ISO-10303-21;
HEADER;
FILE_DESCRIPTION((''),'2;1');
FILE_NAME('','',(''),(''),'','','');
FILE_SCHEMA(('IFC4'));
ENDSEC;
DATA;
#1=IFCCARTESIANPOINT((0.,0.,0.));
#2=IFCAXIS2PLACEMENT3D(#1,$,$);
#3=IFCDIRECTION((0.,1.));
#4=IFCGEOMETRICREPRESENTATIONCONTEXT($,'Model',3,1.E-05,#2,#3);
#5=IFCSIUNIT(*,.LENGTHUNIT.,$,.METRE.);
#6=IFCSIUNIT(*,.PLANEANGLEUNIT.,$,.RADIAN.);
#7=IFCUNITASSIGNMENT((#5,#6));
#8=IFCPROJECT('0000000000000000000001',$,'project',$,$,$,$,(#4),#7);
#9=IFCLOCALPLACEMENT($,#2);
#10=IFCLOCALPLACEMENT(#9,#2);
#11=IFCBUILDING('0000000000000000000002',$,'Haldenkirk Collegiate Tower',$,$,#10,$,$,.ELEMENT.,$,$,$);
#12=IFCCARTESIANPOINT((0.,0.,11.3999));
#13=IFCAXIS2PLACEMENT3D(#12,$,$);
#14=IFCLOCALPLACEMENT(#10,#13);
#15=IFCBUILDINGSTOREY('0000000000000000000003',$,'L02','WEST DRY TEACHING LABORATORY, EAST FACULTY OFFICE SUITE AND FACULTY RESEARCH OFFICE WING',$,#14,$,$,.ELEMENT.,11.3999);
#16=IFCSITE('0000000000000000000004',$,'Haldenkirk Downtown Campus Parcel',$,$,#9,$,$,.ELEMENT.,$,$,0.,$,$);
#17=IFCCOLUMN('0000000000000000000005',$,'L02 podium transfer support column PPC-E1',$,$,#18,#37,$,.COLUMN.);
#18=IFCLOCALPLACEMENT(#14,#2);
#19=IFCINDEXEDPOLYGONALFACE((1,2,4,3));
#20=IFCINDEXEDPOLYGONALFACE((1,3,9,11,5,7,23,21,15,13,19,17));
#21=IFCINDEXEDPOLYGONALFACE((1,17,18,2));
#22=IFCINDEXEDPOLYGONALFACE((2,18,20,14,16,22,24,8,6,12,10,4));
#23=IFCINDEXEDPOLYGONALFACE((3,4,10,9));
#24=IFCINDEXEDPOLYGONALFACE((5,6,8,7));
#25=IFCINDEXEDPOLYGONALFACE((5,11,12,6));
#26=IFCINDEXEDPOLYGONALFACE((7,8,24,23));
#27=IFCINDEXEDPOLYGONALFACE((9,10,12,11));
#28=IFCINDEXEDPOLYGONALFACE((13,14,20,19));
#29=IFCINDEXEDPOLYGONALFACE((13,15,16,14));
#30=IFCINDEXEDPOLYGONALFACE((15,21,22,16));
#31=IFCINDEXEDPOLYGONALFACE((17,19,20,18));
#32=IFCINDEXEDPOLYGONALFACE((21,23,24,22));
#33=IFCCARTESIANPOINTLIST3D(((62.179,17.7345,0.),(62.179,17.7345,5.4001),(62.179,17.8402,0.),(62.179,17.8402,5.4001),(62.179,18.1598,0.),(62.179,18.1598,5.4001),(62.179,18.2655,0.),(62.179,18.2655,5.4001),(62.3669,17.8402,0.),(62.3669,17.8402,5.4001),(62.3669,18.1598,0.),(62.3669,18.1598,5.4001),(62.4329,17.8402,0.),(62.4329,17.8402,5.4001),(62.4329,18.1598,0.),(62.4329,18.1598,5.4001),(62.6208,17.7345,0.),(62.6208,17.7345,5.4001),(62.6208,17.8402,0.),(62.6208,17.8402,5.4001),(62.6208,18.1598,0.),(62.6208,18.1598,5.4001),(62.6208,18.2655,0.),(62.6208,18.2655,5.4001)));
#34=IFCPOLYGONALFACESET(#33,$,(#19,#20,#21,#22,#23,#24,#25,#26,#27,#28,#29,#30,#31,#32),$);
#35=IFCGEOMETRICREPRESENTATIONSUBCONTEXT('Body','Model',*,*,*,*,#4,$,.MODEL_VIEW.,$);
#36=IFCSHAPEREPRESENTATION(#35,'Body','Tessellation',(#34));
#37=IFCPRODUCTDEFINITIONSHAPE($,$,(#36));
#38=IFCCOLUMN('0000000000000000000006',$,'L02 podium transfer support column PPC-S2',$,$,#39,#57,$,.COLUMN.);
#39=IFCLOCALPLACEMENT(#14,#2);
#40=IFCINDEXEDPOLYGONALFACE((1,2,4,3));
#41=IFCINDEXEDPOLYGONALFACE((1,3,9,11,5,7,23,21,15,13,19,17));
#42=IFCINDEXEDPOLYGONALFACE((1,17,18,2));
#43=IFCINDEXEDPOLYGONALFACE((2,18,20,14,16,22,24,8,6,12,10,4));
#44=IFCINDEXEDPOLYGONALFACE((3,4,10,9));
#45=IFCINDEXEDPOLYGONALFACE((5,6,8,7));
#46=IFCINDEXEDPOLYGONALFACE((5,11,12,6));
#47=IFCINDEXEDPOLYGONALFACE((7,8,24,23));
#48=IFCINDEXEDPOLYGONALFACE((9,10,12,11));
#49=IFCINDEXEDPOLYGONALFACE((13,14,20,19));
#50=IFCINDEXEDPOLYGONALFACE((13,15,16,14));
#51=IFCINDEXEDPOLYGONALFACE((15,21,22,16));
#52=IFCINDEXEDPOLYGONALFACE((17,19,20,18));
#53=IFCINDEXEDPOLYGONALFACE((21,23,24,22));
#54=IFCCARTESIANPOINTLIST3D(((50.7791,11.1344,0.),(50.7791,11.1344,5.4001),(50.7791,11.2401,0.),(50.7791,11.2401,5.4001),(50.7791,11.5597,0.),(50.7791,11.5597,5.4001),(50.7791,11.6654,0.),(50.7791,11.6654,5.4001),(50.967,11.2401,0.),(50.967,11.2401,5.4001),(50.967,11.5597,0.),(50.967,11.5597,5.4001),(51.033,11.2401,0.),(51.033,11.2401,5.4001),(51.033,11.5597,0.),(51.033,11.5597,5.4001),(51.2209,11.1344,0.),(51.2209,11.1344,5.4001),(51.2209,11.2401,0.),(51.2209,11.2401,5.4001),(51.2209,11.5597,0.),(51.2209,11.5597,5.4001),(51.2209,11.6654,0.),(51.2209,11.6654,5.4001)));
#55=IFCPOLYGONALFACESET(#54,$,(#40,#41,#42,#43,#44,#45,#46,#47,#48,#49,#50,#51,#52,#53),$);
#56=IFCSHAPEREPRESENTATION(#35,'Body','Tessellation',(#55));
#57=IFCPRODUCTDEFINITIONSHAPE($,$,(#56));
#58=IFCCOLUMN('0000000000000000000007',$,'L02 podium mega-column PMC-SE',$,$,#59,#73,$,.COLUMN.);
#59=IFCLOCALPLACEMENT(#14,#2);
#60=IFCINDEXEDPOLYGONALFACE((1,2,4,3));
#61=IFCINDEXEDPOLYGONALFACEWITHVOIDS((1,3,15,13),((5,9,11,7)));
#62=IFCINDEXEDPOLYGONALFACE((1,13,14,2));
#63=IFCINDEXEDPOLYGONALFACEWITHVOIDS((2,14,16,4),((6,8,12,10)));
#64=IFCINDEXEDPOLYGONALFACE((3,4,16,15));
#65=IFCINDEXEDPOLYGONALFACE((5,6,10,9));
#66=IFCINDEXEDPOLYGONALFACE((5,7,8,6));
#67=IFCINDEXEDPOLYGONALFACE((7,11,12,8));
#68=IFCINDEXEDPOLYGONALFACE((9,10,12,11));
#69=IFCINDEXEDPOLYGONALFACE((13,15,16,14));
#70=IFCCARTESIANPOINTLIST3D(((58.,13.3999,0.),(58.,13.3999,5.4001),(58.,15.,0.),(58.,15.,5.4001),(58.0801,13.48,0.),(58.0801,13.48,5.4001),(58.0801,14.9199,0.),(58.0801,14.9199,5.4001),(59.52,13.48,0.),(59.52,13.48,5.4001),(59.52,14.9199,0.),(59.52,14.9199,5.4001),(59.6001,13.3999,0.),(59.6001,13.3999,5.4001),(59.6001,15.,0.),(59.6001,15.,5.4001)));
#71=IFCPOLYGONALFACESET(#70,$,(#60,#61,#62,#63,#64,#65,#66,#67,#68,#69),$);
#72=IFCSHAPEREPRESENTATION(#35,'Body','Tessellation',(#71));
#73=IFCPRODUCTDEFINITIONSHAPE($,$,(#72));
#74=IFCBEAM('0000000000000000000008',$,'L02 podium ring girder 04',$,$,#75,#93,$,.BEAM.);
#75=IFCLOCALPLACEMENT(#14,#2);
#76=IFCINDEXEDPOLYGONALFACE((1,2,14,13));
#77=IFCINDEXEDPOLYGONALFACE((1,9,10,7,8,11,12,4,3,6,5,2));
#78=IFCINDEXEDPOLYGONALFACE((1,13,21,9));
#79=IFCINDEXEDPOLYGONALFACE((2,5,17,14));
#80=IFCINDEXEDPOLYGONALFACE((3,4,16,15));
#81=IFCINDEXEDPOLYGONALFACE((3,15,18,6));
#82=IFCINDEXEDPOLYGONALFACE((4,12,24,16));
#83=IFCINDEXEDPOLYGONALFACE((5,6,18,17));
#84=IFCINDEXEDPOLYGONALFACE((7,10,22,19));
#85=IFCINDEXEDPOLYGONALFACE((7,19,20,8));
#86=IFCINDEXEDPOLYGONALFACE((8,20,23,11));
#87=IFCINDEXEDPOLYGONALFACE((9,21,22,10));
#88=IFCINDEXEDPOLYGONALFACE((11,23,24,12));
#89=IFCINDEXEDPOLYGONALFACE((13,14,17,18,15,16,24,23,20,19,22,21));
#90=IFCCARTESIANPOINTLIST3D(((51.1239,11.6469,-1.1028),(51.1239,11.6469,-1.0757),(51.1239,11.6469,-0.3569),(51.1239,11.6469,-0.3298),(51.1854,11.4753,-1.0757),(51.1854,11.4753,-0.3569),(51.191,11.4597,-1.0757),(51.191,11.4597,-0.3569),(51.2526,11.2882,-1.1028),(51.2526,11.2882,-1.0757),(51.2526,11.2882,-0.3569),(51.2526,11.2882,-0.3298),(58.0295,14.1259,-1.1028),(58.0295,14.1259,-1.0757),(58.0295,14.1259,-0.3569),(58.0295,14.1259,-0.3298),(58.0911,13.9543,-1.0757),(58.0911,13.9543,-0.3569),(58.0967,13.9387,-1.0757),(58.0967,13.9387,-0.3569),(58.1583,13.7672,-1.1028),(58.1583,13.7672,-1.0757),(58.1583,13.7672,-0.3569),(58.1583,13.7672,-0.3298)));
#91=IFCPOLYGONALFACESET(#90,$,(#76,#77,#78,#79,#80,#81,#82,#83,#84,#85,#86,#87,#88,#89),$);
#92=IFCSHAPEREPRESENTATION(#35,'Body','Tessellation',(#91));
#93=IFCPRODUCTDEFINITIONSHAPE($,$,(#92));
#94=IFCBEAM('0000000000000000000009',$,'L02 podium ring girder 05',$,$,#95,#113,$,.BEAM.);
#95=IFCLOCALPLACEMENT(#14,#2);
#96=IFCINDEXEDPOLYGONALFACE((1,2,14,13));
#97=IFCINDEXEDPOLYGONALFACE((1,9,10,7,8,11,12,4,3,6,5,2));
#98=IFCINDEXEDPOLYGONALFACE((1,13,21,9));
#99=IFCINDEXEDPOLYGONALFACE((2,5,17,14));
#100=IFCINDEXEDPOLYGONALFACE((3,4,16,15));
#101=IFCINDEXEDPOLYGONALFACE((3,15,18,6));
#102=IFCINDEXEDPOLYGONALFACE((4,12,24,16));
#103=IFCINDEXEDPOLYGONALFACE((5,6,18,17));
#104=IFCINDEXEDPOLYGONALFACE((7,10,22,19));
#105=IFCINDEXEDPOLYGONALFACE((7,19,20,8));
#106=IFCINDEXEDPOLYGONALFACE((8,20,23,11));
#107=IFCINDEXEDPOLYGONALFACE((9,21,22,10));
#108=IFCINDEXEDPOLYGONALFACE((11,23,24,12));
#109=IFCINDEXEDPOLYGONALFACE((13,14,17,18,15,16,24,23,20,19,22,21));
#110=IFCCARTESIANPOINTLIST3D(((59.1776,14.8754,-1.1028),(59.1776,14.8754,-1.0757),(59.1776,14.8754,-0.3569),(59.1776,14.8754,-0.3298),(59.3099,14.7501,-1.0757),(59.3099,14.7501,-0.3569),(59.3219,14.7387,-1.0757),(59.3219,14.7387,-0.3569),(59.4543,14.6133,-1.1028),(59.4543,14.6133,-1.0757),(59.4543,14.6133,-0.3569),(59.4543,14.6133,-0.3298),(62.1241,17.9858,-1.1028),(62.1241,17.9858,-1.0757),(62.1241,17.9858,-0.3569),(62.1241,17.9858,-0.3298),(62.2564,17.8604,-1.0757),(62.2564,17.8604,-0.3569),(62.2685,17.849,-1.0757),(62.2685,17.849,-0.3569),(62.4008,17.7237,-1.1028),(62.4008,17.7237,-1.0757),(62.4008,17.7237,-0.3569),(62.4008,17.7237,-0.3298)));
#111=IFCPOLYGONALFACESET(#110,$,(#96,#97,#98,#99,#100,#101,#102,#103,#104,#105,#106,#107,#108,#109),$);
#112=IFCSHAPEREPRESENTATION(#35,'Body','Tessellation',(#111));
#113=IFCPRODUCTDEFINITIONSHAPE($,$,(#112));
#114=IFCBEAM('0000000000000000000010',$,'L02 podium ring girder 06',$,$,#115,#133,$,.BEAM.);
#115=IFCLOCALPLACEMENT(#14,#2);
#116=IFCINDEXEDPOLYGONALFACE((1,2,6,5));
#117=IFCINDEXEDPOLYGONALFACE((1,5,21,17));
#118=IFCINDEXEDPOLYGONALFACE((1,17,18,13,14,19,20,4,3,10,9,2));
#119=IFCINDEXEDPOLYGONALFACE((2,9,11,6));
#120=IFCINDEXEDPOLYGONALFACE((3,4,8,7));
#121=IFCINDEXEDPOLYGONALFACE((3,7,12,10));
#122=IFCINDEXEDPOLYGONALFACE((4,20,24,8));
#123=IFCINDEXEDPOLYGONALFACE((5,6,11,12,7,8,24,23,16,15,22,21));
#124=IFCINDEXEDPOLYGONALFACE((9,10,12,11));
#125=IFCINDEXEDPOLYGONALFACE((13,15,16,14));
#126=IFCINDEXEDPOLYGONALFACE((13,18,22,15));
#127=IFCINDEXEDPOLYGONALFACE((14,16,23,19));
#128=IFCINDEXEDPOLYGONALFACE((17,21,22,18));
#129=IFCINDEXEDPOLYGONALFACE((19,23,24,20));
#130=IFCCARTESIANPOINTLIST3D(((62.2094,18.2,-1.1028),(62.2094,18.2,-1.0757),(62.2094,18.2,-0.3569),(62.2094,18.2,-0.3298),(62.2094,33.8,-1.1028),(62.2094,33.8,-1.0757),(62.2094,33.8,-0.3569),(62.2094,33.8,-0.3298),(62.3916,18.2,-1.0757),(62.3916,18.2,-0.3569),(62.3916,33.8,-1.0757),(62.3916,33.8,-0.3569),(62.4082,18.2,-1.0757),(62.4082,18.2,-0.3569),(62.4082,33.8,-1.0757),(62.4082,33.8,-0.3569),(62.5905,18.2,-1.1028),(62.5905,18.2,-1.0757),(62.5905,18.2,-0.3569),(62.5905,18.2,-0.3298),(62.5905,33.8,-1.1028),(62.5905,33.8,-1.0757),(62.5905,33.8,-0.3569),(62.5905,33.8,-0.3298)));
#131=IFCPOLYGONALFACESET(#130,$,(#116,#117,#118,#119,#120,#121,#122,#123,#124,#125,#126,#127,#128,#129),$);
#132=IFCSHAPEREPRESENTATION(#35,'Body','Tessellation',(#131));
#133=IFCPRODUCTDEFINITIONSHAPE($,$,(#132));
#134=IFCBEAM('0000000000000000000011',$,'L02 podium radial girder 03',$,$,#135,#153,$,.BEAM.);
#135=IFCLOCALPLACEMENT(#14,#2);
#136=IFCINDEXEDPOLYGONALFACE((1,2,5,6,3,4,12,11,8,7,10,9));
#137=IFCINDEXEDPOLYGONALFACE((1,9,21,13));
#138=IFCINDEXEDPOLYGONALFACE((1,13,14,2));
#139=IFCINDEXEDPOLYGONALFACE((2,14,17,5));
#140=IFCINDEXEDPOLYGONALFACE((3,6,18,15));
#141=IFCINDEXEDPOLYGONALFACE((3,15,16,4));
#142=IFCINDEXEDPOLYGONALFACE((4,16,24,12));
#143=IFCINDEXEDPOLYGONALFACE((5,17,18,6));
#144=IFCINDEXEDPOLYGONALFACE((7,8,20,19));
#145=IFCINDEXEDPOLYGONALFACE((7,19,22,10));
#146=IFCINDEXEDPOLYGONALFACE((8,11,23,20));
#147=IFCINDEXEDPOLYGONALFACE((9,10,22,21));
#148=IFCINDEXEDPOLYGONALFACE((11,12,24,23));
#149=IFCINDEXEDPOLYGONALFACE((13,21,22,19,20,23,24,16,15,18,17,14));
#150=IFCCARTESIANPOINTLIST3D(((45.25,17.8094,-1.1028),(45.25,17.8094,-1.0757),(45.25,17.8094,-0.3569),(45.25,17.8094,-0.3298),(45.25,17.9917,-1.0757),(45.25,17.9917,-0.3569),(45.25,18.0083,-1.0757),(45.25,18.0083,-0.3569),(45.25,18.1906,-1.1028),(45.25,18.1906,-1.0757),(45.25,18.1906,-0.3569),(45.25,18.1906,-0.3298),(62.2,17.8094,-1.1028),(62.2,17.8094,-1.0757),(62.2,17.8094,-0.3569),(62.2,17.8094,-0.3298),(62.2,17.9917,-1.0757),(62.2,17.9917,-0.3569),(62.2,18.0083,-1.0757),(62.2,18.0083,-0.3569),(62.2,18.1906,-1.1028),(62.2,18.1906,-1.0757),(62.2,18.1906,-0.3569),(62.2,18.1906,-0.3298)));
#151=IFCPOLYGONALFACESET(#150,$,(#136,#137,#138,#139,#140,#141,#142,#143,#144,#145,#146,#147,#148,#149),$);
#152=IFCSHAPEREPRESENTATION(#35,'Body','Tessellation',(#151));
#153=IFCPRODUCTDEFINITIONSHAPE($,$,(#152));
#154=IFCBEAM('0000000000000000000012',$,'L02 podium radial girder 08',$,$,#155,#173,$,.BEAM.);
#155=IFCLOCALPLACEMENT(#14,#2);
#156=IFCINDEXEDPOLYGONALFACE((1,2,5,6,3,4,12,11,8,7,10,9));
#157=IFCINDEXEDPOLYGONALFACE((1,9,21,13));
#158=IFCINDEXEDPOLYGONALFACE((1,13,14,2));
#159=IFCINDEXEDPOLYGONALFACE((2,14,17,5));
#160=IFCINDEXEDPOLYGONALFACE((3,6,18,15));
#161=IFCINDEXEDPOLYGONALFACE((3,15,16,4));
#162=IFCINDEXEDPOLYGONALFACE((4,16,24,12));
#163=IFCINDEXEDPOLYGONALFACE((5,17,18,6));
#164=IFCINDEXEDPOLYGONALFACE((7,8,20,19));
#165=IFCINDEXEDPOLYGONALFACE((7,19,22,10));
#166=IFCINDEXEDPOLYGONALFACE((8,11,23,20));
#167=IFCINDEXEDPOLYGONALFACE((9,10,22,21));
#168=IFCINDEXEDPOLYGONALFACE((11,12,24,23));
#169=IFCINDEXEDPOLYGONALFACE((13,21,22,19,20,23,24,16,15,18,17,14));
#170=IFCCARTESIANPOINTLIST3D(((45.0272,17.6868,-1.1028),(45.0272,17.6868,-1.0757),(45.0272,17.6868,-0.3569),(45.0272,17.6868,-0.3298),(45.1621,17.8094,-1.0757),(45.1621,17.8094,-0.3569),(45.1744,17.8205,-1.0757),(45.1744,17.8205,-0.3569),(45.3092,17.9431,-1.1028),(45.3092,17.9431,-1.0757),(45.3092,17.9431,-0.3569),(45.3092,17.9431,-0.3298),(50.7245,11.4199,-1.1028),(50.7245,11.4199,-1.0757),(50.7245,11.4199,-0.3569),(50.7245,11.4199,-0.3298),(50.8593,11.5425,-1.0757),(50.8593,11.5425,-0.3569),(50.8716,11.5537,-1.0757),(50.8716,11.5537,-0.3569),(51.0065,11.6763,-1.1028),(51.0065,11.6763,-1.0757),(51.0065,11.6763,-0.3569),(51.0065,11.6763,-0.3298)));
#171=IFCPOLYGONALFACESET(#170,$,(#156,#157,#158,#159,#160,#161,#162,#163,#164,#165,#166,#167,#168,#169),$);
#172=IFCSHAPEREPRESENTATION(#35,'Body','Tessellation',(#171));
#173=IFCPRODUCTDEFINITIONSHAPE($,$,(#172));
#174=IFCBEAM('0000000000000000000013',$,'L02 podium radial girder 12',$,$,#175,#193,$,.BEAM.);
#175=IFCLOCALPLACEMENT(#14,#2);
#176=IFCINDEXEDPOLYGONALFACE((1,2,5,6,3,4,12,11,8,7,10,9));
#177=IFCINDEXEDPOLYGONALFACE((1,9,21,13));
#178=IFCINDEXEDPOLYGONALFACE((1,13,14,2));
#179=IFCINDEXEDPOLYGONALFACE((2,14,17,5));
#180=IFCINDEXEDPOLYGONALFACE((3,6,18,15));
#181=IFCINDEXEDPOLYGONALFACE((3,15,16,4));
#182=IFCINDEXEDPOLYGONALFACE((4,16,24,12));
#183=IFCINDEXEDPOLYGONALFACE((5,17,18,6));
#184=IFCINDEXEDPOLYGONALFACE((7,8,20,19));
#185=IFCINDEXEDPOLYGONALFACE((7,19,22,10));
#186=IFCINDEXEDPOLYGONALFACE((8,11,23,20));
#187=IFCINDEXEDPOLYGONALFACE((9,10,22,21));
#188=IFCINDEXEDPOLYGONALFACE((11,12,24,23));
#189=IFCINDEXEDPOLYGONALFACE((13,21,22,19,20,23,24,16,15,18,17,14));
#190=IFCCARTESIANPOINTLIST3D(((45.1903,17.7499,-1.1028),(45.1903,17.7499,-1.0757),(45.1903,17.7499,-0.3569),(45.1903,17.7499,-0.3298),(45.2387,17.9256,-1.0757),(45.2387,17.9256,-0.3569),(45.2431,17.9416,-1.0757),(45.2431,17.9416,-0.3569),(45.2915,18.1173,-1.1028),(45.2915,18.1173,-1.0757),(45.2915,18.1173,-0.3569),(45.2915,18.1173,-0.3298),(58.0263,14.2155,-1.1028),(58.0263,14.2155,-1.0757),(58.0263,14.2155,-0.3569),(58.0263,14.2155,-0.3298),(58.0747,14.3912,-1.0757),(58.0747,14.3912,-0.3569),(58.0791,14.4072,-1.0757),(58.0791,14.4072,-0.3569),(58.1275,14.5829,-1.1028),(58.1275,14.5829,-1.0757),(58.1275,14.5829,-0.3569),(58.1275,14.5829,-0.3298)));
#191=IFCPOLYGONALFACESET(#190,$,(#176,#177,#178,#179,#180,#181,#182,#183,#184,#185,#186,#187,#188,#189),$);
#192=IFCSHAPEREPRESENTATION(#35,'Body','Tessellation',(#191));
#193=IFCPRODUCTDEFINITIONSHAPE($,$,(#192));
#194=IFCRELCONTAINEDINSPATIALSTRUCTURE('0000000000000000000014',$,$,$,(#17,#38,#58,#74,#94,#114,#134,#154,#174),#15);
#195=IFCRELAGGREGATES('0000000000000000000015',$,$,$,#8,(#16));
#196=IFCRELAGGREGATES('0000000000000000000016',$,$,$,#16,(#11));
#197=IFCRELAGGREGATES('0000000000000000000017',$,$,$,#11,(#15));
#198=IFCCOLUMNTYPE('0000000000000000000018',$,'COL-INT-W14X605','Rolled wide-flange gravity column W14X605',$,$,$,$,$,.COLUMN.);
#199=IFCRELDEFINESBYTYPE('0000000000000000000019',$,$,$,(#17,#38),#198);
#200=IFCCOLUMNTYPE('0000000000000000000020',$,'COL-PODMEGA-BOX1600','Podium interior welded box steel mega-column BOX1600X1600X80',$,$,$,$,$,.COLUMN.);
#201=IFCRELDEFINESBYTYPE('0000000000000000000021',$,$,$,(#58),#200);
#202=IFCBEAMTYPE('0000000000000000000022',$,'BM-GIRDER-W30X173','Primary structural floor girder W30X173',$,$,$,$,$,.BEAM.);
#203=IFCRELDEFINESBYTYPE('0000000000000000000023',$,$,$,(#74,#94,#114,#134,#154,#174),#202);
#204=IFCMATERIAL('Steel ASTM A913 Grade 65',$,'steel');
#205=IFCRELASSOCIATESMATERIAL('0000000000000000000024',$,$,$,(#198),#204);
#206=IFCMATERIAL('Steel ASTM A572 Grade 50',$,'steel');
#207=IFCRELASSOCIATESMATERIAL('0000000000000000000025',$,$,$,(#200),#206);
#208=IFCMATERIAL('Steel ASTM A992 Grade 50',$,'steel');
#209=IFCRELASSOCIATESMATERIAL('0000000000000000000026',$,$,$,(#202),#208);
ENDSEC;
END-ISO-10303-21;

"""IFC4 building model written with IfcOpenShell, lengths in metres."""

from ifc_helpers import new_model, si_unit, direction, frame, origin, origin_2d, place, context, subcontext, project, spatial, hollow_rectangle, i_section, extrude, material, material_profile, profile_set, type_object, element, save


model = new_model("IFC4")

# Units and contexts
model_context = context("Model", 3, precision=1e-05, world=origin(), true_north=direction((0.0, 1.0)))
body_context = subcontext(model_context, "Body", "Model", "MODEL_VIEW")
ifc_project = project(units=[si_unit("LENGTHUNIT", "METRE"), si_unit("PLANEANGLEUNIT", "RADIAN")], contexts=[model_context])

# Site, building, storey
site_placement = place(None, origin())
site = spatial("IfcSite", under=ifc_project, at=site_placement, Name="Haldenkirk Downtown Campus Parcel", CompositionType="ELEMENT", RefElevation=0.0)
building_placement = place(site_placement, origin())
building = spatial("IfcBuilding", under=site, at=building_placement, Name="Haldenkirk Collegiate Tower", CompositionType="ELEMENT")
storey_placement = place(building_placement, frame((0.0, 0.0, 11.3999)))
storey = spatial("IfcBuildingStorey", under=building, at=storey_placement, Name="L02", Description="WEST DRY TEACHING LABORATORY, EAST FACULTY OFFICE SUITE AND FACULTY RESEARCH OFFICE WING", CompositionType="ELEMENT", Elevation=11.3999)

# Columns
ifc_material_1 = material(Name="Steel ASTM A913 Grade 65", Category="steel")
ifc_material_profile_1 = material_profile(ifc_material_1, i_section(OverallWidth=0.4419, OverallDepth=0.531, WebThickness=0.0659, FlangeThickness=0.1057, at=origin_2d()), Name="W14X605")
ifc_profile_set_1 = profile_set([ifc_material_profile_1], Name="Steel ASTM A913 Grade 65")
column_type_1 = type_object("IfcColumnType", Name="COL-INT-W14X605", Description="Rolled wide-flange gravity column W14X605", PredefinedType="COLUMN", material=ifc_profile_set_1)
for number, where, z_axis, x_axis, name in (
    (1, (62.3999, 18.0, 0.0), (0.0, 0.0, 1.0), (1.0, 0.0, 0.0), "L02 podium transfer support column PPC-E1"),
    (2, (51.0, 11.3999, 0.0), (0.0, 0.0, 1.0), (1.0, 0.0, 0.0), "L02 podium transfer support column PPC-S2"),
):
    element("IfcColumn", number, at=place(storey_placement, frame(where, z_axis=z_axis, x_axis=x_axis)), inside=storey, type_object=column_type_1, Name=name, PredefinedType="COLUMN", context=body_context, shape_type="SweptSolid", body=[
        extrude(i_section(OverallWidth=0.4419, OverallDepth=0.531, WebThickness=0.0659, FlangeThickness=0.1057, at=origin_2d()), origin(), (0.0, 0.0, 1.0), 5.4001),
    ])
ifc_material_2 = material(Name="Steel ASTM A572 Grade 50", Category="steel")
ifc_material_profile_2 = material_profile(ifc_material_2, hollow_rectangle(XDim=1.6001, YDim=1.6001, WallThickness=0.0801, at=origin_2d()), Name="BOX1600X1600X80")
ifc_profile_set_2 = profile_set([ifc_material_profile_2], Name="Steel ASTM A572 Grade 50")
column_type_2 = type_object("IfcColumnType", Name="COL-PODMEGA-BOX1600", Description="Podium interior welded box steel mega-column BOX1600X1600X80", PredefinedType="COLUMN", material=ifc_profile_set_2)
column_placement = place(storey_placement, frame((58.8, 14.2, 0.0), z_axis=(0.0, 0.0, 1.0), x_axis=(1.0, 0.0, 0.0)))
element("IfcColumn", 3, at=column_placement, inside=storey, type_object=column_type_2, Name="L02 podium mega-column PMC-SE", PredefinedType="COLUMN", context=body_context, shape_type="SweptSolid", body=[
    extrude(hollow_rectangle(XDim=1.6001, YDim=1.6001, WallThickness=0.0801, at=origin_2d()), origin(), (0.0, 0.0, 1.0), 5.4001),
])

# Beams
ifc_material_3 = material(Name="Steel ASTM A992 Grade 50", Category="steel")
ifc_material_profile_3 = material_profile(ifc_material_3, i_section(OverallWidth=0.3811, OverallDepth=0.7729, WebThickness=0.0166, FlangeThickness=0.0271, at=origin_2d()), Name="W30X173")
ifc_profile_set_3 = profile_set([ifc_material_profile_3], Name="Steel ASTM A992 Grade 50")
beam_type = type_object("IfcBeamType", Name="BM-GIRDER-W30X173", Description="Primary structural floor girder W30X173", PredefinedType="BEAM", material=ifc_profile_set_3)
beam_1_placement = place(storey_placement, frame((51.1882, 11.4675, -0.7163), z_axis=(0.941194, 0.337866, 0.0), x_axis=(-0.337866, 0.941194, 0.0)))
element("IfcBeam", 4, at=beam_1_placement, inside=storey, type_object=beam_type, Name="L02 podium ring girder 04", PredefinedType="BEAM", context=body_context, shape_type="SweptSolid", body=[
    extrude(i_section(OverallWidth=0.3811, OverallDepth=0.7729, WebThickness=0.0166, FlangeThickness=0.0271, at=origin_2d()), origin(), (0.0, 0.0, 1.0), 7.3372),
])
beam_2_placement = place(storey_placement, frame((59.3159, 14.7444, -0.7163), z_axis=(0.68773, 0.725966, 0.0), x_axis=(-0.725966, 0.68773, 0.0)))
element("IfcBeam", 5, at=beam_2_placement, inside=storey, type_object=beam_type, Name="L02 podium ring girder 05", PredefinedType="BEAM", context=body_context, shape_type="SweptSolid", body=[
    extrude(i_section(OverallWidth=0.3811, OverallDepth=0.7729, WebThickness=0.0166, FlangeThickness=0.0271, at=origin_2d()), origin(), (0.0, 0.0, 1.0), 4.2844),
])
beam_3_placement = place(storey_placement, frame((62.3999, 18.2, -0.7163), z_axis=(0.0, 1.0, 0.0), x_axis=(-1.0, 0.0, 0.0)))
element("IfcBeam", 6, at=beam_3_placement, inside=storey, type_object=beam_type, Name="L02 podium ring girder 06", PredefinedType="BEAM", context=body_context, shape_type="SweptSolid", body=[
    extrude(i_section(OverallWidth=0.3811, OverallDepth=0.7729, WebThickness=0.0166, FlangeThickness=0.0271, at=origin_2d()), origin(), (0.0, 0.0, 1.0), 15.6001),
])
beam_4_placement = place(storey_placement, frame((62.2, 18.0, -0.7163), z_axis=(-1.0, 0.0, 0.0), x_axis=(0.0, -1.0, 0.0)))
element("IfcBeam", 7, at=beam_4_placement, inside=storey, type_object=beam_type, Name="L02 podium radial girder 03", PredefinedType="BEAM", context=body_context, shape_type="SweptSolid", body=[
    extrude(i_section(OverallWidth=0.3811, OverallDepth=0.7729, WebThickness=0.0166, FlangeThickness=0.0271, at=origin_2d()), origin(), (0.0, 0.0, 1.0), 16.95),
])
beam_5_placement = place(storey_placement, frame((50.8655, 11.5481, -0.7163), z_axis=(-0.672681, 0.739932, 0.0), x_axis=(-0.739932, -0.672681, 0.0)))
element("IfcBeam", 8, at=beam_5_placement, inside=storey, type_object=beam_type, Name="L02 podium radial girder 08", PredefinedType="BEAM", context=body_context, shape_type="SweptSolid", body=[
    extrude(i_section(OverallWidth=0.3811, OverallDepth=0.7729, WebThickness=0.0166, FlangeThickness=0.0271, at=origin_2d()), origin(), (0.0, 0.0, 1.0), 8.4695),
])
beam_6_placement = place(storey_placement, frame((58.0769, 14.3992, -0.7163), z_axis=(-0.964118, 0.265474, 0.0), x_axis=(-0.265474, -0.964118, 0.0)))
element("IfcBeam", 9, at=beam_6_placement, inside=storey, type_object=beam_type, Name="L02 podium radial girder 12", PredefinedType="BEAM", context=body_context, shape_type="SweptSolid", body=[
    extrude(i_section(OverallWidth=0.3811, OverallDepth=0.7729, WebThickness=0.0166, FlangeThickness=0.0271, at=origin_2d()), origin(), (0.0, 0.0, 1.0), 13.3137),
])

save(model, "model.ifc")
